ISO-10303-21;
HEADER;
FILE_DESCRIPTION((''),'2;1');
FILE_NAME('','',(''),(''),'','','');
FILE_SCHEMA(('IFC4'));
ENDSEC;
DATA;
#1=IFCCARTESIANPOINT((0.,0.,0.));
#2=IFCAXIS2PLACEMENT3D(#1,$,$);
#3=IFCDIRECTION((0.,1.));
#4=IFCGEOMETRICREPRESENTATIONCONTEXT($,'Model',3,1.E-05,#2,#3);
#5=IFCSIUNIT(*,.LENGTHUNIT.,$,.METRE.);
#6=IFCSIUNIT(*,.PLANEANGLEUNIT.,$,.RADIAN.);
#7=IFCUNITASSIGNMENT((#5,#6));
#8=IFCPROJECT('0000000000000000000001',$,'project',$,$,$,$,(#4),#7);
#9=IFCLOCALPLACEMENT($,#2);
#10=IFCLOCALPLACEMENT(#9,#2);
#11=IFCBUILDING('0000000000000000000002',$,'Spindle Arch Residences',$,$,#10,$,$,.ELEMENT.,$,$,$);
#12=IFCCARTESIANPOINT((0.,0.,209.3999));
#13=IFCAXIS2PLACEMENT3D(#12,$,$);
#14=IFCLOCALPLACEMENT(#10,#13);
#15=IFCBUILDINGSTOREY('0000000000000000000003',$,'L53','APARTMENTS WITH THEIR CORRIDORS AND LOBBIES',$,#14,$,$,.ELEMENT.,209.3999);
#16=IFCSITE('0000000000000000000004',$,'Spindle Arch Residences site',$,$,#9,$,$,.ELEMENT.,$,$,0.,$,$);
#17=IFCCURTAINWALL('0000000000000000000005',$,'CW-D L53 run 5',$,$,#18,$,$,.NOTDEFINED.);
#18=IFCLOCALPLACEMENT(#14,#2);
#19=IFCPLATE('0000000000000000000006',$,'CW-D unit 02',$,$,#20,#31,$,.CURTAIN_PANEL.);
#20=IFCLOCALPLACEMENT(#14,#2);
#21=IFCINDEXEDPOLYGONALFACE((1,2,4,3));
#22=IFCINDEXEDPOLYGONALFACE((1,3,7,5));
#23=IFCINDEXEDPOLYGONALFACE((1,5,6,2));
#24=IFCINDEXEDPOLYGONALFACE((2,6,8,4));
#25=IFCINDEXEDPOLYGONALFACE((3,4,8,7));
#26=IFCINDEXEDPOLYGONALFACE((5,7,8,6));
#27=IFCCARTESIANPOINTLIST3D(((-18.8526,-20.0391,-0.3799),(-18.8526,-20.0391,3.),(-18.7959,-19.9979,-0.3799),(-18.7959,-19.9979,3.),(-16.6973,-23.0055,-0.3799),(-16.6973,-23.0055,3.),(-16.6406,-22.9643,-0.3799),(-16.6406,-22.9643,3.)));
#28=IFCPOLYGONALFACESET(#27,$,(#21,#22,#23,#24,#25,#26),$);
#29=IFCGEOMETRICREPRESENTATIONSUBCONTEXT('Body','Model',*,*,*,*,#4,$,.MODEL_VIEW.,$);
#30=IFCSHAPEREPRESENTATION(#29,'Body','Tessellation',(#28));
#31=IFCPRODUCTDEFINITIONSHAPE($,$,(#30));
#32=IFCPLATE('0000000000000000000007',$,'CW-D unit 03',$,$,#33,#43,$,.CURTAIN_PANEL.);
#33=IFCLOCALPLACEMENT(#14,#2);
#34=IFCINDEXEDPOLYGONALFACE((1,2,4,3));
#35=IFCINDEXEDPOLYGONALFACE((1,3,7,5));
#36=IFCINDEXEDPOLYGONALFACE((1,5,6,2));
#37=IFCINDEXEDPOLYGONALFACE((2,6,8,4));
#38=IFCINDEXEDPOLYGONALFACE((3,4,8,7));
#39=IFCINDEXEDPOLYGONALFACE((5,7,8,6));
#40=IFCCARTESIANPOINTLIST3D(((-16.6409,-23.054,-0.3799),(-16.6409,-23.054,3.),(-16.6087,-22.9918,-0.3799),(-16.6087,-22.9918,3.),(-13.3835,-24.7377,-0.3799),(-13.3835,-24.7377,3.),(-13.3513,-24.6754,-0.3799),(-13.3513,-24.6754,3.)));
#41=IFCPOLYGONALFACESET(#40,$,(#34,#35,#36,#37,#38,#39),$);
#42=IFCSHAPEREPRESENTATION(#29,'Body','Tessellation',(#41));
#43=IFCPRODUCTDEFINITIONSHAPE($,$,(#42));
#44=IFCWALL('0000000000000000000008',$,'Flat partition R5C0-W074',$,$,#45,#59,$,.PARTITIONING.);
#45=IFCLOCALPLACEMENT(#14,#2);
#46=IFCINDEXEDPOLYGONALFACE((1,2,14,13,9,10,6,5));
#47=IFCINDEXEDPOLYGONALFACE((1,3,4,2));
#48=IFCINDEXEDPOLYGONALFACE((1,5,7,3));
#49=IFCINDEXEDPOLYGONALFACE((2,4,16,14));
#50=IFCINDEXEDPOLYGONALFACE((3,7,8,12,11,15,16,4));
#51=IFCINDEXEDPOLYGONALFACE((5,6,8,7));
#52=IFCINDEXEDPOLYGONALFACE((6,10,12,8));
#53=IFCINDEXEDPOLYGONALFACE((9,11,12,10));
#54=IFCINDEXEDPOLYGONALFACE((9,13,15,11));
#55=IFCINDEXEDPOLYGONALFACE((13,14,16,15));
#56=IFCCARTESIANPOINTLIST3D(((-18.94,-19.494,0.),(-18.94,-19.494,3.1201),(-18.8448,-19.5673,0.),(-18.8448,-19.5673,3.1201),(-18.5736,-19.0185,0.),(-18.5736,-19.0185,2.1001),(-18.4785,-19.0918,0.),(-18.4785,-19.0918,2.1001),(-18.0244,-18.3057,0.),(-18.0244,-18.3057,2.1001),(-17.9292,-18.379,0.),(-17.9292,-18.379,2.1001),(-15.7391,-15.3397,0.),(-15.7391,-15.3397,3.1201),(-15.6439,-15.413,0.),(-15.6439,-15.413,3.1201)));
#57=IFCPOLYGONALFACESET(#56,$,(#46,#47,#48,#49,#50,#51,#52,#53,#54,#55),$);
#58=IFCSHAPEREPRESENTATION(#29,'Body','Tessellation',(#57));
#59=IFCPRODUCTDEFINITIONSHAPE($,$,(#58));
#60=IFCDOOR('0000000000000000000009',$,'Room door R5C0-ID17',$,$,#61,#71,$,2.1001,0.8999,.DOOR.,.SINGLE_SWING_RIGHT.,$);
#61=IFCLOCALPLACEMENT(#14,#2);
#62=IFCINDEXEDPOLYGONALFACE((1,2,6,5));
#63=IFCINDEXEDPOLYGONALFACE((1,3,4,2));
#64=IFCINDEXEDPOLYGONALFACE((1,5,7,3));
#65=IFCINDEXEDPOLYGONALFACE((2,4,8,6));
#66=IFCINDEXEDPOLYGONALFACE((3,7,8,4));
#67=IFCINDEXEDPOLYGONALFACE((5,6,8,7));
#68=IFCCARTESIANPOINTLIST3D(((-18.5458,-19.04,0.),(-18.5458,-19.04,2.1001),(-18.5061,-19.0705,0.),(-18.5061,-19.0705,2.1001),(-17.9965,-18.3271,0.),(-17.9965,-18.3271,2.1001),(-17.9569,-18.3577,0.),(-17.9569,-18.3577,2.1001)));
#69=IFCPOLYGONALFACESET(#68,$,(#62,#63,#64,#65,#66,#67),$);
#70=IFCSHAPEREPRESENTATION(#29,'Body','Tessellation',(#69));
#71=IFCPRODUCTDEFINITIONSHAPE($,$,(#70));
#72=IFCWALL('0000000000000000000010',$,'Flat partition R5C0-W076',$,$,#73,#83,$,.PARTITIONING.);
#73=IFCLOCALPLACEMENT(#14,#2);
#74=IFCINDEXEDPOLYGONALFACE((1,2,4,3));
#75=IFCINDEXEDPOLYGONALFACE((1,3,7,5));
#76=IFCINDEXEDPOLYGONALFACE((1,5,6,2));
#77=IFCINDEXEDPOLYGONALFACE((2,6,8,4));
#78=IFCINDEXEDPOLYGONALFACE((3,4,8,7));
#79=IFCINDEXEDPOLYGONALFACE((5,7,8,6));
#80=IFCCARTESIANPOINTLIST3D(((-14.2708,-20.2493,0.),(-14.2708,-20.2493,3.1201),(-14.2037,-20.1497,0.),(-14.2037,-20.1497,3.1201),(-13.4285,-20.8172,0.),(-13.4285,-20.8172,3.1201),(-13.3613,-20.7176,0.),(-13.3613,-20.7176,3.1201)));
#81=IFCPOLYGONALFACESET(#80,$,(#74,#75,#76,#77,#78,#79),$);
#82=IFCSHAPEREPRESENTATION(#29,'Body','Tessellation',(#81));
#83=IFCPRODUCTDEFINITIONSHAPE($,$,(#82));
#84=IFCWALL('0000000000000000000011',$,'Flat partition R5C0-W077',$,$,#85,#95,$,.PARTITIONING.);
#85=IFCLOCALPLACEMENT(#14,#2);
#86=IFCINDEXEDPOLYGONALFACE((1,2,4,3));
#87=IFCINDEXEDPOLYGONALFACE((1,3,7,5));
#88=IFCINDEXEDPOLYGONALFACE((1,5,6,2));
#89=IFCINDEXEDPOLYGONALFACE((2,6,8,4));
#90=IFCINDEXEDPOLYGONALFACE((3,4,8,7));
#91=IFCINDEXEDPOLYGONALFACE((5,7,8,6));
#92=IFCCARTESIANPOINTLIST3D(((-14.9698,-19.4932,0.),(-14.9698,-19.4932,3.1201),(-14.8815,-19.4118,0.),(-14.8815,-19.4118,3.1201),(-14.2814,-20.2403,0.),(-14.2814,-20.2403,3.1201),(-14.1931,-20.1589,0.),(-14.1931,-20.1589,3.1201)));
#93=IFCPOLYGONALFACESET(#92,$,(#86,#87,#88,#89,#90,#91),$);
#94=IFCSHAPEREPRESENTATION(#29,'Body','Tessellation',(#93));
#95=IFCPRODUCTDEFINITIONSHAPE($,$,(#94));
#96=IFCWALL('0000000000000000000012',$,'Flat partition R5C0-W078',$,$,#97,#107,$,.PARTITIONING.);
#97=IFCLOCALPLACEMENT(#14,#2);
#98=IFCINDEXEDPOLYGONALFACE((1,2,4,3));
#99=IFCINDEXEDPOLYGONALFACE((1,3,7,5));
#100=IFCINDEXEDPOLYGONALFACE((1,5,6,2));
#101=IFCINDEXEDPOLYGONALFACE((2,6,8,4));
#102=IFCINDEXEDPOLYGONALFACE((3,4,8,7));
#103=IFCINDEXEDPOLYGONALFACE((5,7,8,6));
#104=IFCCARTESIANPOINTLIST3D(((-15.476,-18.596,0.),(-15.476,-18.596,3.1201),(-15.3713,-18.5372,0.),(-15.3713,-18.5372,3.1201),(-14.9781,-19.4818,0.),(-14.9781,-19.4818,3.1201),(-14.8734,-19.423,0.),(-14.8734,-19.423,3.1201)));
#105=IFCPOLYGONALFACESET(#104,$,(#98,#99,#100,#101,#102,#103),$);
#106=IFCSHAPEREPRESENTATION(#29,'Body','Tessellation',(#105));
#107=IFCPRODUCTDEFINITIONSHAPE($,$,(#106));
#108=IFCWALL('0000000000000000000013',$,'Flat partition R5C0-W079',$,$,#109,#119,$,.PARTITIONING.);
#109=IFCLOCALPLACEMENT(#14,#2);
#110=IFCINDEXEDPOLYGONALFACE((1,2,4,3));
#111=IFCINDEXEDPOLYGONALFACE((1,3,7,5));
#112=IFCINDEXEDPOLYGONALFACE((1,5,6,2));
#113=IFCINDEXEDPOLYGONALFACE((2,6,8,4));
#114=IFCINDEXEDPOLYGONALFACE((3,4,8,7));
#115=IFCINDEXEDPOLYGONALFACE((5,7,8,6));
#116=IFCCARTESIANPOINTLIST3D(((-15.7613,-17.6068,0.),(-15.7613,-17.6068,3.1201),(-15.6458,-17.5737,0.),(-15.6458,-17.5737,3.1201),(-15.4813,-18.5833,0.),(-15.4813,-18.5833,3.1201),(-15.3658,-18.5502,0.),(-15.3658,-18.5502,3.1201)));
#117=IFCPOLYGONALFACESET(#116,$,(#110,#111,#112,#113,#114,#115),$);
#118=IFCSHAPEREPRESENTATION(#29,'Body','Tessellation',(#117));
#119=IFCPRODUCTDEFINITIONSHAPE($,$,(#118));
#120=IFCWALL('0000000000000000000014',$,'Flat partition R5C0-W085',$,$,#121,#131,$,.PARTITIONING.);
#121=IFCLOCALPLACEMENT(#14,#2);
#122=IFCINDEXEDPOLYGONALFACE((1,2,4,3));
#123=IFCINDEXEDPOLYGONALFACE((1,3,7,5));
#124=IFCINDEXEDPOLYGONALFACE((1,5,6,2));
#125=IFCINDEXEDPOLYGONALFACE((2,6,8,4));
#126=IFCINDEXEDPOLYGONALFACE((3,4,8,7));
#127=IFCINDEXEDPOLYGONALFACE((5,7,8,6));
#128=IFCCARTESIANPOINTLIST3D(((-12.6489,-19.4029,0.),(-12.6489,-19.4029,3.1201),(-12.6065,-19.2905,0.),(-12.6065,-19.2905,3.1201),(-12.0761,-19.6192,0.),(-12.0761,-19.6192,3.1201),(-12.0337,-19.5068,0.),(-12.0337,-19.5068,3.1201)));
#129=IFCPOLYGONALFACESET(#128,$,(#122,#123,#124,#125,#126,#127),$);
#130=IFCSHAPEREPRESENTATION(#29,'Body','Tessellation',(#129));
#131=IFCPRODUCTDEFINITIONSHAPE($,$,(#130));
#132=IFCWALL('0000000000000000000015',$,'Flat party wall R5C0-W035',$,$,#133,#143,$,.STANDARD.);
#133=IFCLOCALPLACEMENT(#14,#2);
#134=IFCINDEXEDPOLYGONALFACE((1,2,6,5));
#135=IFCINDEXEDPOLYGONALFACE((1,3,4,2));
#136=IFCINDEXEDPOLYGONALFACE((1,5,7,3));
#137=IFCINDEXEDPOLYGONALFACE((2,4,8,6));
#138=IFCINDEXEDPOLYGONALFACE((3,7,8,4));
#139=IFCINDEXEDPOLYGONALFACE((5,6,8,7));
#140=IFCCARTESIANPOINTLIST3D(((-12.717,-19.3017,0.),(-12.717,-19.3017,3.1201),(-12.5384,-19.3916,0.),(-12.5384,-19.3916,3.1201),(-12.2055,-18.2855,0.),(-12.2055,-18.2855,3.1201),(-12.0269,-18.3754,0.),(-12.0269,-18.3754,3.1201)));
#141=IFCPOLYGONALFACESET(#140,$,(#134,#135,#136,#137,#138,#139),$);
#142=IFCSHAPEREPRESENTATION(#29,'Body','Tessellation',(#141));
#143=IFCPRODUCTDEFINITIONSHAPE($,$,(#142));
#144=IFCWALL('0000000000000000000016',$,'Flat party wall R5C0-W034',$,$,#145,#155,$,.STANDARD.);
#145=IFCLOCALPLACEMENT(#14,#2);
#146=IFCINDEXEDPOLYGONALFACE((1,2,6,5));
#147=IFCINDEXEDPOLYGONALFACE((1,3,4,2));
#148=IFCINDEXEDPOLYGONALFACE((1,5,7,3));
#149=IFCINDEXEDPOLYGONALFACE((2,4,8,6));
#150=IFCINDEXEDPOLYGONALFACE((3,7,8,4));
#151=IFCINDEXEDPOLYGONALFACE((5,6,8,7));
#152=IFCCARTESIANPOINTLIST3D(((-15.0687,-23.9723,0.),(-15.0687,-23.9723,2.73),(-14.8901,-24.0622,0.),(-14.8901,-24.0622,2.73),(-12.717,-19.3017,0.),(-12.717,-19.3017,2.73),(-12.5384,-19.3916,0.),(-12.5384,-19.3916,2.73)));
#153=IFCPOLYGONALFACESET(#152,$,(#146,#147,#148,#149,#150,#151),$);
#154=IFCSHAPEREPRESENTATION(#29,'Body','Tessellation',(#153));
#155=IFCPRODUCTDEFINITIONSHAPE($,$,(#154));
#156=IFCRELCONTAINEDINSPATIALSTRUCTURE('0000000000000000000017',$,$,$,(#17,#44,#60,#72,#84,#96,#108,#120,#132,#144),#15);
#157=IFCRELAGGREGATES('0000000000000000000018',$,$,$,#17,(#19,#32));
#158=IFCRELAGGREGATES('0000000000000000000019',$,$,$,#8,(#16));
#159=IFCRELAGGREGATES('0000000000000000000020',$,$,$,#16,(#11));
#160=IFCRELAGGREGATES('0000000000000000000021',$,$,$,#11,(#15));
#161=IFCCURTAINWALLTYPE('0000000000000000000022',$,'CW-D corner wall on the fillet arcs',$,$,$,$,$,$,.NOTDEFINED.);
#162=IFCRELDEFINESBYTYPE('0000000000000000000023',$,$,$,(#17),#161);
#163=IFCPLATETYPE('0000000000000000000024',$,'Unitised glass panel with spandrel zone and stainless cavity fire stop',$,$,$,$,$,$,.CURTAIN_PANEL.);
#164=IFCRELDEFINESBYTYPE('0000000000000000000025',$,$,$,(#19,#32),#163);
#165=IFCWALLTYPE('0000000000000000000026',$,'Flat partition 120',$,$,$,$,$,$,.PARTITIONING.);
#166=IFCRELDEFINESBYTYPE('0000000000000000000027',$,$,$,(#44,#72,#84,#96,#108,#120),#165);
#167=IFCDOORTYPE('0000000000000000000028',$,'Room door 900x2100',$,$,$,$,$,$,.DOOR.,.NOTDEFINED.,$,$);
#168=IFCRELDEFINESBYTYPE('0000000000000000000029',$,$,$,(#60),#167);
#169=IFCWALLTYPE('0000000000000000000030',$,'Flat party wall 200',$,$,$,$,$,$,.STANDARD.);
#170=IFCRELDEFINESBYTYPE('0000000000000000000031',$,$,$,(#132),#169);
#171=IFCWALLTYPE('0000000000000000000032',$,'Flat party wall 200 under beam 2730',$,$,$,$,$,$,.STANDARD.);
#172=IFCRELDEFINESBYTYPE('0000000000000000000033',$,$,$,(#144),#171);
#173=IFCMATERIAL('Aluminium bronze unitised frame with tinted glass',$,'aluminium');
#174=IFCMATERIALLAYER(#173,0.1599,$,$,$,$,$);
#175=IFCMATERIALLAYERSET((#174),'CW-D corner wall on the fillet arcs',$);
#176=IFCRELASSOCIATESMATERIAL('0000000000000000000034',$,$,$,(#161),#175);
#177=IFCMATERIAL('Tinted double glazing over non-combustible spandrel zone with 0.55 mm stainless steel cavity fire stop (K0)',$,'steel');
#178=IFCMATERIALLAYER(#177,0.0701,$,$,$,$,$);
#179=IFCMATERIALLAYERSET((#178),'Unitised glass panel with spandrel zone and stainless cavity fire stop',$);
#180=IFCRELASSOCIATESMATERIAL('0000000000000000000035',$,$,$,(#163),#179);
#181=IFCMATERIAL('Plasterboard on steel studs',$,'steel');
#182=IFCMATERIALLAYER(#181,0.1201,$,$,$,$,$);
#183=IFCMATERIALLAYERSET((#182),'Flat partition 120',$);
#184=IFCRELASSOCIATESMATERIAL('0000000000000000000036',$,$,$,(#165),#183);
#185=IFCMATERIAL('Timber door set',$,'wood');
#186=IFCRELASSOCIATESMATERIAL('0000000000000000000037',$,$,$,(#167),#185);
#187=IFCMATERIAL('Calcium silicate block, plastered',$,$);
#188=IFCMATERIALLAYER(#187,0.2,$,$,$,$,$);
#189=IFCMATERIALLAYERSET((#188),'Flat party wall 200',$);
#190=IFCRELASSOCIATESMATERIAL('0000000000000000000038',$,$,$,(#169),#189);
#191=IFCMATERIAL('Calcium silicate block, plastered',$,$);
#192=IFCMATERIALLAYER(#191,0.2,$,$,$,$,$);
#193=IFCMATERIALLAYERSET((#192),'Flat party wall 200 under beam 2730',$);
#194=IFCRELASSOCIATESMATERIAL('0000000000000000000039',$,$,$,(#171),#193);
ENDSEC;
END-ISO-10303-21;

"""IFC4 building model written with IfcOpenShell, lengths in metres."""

from ifc_helpers import new_model, si_unit, direction, frame, frame_2d, origin, origin_2d, place, context, subcontext, project, spatial, rectangle, extrude, material, layer, layer_set, type_object, element, fill, aggregate, save


model = new_model("IFC4")

# Units and contexts
model_context = context("Model", 3, precision=1e-05, world=origin(), true_north=direction((0.0, 1.0)))
body_context = subcontext(model_context, "Body", "Model", "MODEL_VIEW")
ifc_project = project(units=[si_unit("LENGTHUNIT", "METRE"), si_unit("PLANEANGLEUNIT", "RADIAN")], contexts=[model_context])

# Site, building, storey
site_placement = place(None, origin())
site = spatial("IfcSite", under=ifc_project, at=site_placement, Name="Spindle Arch Residences site", CompositionType="ELEMENT", RefElevation=0.0)
building_placement = place(site_placement, origin())
building = spatial("IfcBuilding", under=site, at=building_placement, Name="Spindle Arch Residences", CompositionType="ELEMENT")
storey_placement = place(building_placement, frame((0.0, 0.0, 209.3999)))
storey = spatial("IfcBuildingStorey", under=building, at=storey_placement, Name="L53", Description="APARTMENTS WITH THEIR CORRIDORS AND LOBBIES", CompositionType="ELEMENT", Elevation=209.3999)

# Curtain wall
ifc_material_1 = material(Name="Aluminium bronze unitised frame with tinted glass", Category="aluminium")
ifc_layer_1 = layer(ifc_material_1, 0.1599)
ifc_layer_set_1 = layer_set([ifc_layer_1], Name="CW-D corner wall on the fillet arcs")
curtain_wall_type = type_object("IfcCurtainWallType", Name="CW-D corner wall on the fillet arcs", PredefinedType="NOTDEFINED", material=ifc_layer_set_1)
curtain_wall_placement = place(storey_placement, origin())
curtain_wall = element("IfcCurtainWall", 1, at=curtain_wall_placement, inside=storey, type_object=curtain_wall_type, Name="CW-D L53 run 5", PredefinedType="NOTDEFINED")

# Plates
ifc_material_2 = material(Name="Tinted double glazing over non-combustible spandrel zone with 0.55 mm stainless steel cavity fire stop (K0)", Category="steel")
ifc_layer_2 = layer(ifc_material_2, 0.0701)
ifc_layer_set_2 = layer_set([ifc_layer_2], Name="Unitised glass panel with spandrel zone and stainless cavity fire stop")
plate_type = type_object("IfcPlateType", Name="Unitised glass panel with spandrel zone and stainless cavity fire stop", PredefinedType="CURTAIN_PANEL", material=ifc_layer_set_2)
plate_1_placement = place(storey_placement, frame((-17.7466, -21.5017, -0.3799), z_axis=(0.0, 0.0, 1.0), x_axis=(0.587785, -0.809017, 0.0)))
plate_1 = element("IfcPlate", 2, at=plate_1_placement, type_object=plate_type, Name="CW-D unit 02", PredefinedType="CURTAIN_PANEL", context=body_context, shape_type="SweptSolid", body=[
    extrude(rectangle(XDim=3.6667, YDim=0.0701, at=origin_2d()), origin(), (0.0, 0.0, 1.0), 3.3799),
])
plate_2_placement = place(storey_placement, frame((-14.9961, -23.8647, -0.3799), z_axis=(0.0, 0.0, 1.0), x_axis=(0.88835, -0.459166, 0.0)))
plate_2 = element("IfcPlate", 3, at=plate_2_placement, type_object=plate_type, Name="CW-D unit 03", PredefinedType="CURTAIN_PANEL", context=body_context, shape_type="SweptSolid", body=[
    extrude(rectangle(XDim=3.6667, YDim=0.0701, at=origin_2d()), origin(), (0.0, 0.0, 1.0), 3.3799),
])
aggregate(curtain_wall, [plate_1, plate_2])

# Wall, opening, door
ifc_material_3 = material(Name="Plasterboard on steel studs", Category="steel")
ifc_layer_3 = layer(ifc_material_3, 0.1201)
ifc_layer_set_3 = layer_set([ifc_layer_3], Name="Flat partition 120")
wall_type_1 = type_object("IfcWallType", Name="Flat partition 120", PredefinedType="PARTITIONING", material=ifc_layer_set_3)
wall_1_placement = place(storey_placement, frame((-18.8923, -19.5305, 0.0), z_axis=(0.0, 0.0, 1.0), x_axis=(0.610347, 0.792134, 0.0)))
wall_1 = element("IfcWall", 4, at=wall_1_placement, inside=storey, type_object=wall_type_1, Name="Flat partition R5C0-W074", PredefinedType="PARTITIONING", context=body_context, shape_type="SweptSolid", body=[
    extrude(rectangle(XDim=5.2444, YDim=0.1201, at=frame_2d((2.6221, 0.0))), origin(), (0.0, 0.0, 1.0), 3.1201),
])
opening_placement = place(wall_1_placement, frame((0.6001, 0.0, 0.0)))
opening = element("IfcOpeningElement", 5, at=opening_placement, cuts=wall_1, PredefinedType="OPENING", context=body_context, shape_type="SweptSolid", body=[
    extrude(rectangle(XDim=0.8999, YDim=2.1001, at=frame_2d((0.45, 1.05))), frame((0.0, 0.0701, 0.0), z_axis=(0.0, -1.0, 0.0), x_axis=(1.0, 0.0, 0.0)), (0.0, 0.0, 1.0), 0.1401),
])
ifc_material_4 = material(Name="Timber door set", Category="wood")
door_type = type_object("IfcDoorType", Name="Room door 900x2100", OperationType="NOTDEFINED", PredefinedType="DOOR", material=ifc_material_4)
door_placement = place(opening_placement, origin())
door = element("IfcDoor", 6, at=door_placement, inside=storey, type_object=door_type, Name="Room door R5C0-ID17", OperationType="SINGLE_SWING_RIGHT", OverallHeight=2.1001, OverallWidth=0.8999, PredefinedType="DOOR", context=body_context, shape_type="SweptSolid", body=[
    extrude(rectangle(XDim=0.8999, YDim=2.1001, at=frame_2d((0.45, 1.05))), frame((0.0, 0.0249, 0.0), z_axis=(0.0, -1.0, 0.0), x_axis=(1.0, 0.0, 0.0)), (0.0, 0.0, 1.0), 0.05),
])
fill(opening, door)

# Walls
for number, where, z_axis, x_axis, name in (
    (7, (-13.395, -20.7673, 0.0), (0.0, 0.0, 1.0), (-0.829155, 0.559019, 0.0), "Flat partition R5C0-W076"),
    (8, (-14.2373, -20.1995, 0.0), (0.0, 0.0, 1.0), (-0.677681, 0.735356, 0.0), "Flat partition R5C0-W077"),
):
    element("IfcWall", number, at=place(storey_placement, frame(where, z_axis=z_axis, x_axis=x_axis)), inside=storey, type_object=wall_type_1, Name=name, PredefinedType="PARTITIONING", context=body_context, shape_type="SweptSolid", body=[
        extrude(rectangle(XDim=1.0159, YDim=0.1201, at=frame_2d((0.5078, 0.0))), origin(), (0.0, 0.0, 1.0), 3.1201),
    ])
wall_2_placement = place(storey_placement, frame((-14.9258, -19.4524, 0.0), z_axis=(0.0, 0.0, 1.0), x_axis=(-0.489942, 0.871755, 0.0)))
element("IfcWall", 9, at=wall_2_placement, inside=storey, type_object=wall_type_1, Name="Flat partition R5C0-W078", PredefinedType="PARTITIONING", context=body_context, shape_type="SweptSolid", body=[
    extrude(rectangle(XDim=1.0161, YDim=0.1201, at=frame_2d((0.5081, 0.0))), origin(), (0.0, 0.0, 1.0), 3.1201),
])
wall_3_placement = place(storey_placement, frame((-15.4236, -18.5667, 0.0), z_axis=(0.0, 0.0, 1.0), x_axis=(-0.275641, 0.961261, 0.0)))
element("IfcWall", 10, at=wall_3_placement, inside=storey, type_object=wall_type_1, Name="Flat partition R5C0-W079", PredefinedType="PARTITIONING", context=body_context, shape_type="SweptSolid", body=[
    extrude(rectangle(XDim=1.0159, YDim=0.1201, at=frame_2d((0.5078, 0.0))), origin(), (0.0, 0.0, 1.0), 3.1201),
])
wall_4_placement = place(storey_placement, frame((-12.6277, -19.3467, 0.0), z_axis=(0.0, 0.0, 1.0), x_axis=(0.935507, -0.353308, 0.0)))
element("IfcWall", 11, at=wall_4_placement, inside=storey, type_object=wall_type_1, Name="Flat partition R5C0-W085", PredefinedType="PARTITIONING", context=body_context, shape_type="SweptSolid", body=[
    extrude(rectangle(XDim=0.6123, YDim=0.1201, at=frame_2d((0.3062, 0.0))), origin(), (0.0, 0.0, 1.0), 3.1201),
])
ifc_material_5 = material(Name="Calcium silicate block, plastered")
ifc_layer_4 = layer(ifc_material_5, 0.2)
ifc_layer_set_4 = layer_set([ifc_layer_4], Name="Flat party wall 200")
wall_type_2 = type_object("IfcWallType", Name="Flat party wall 200", PredefinedType="STANDARD", material=ifc_layer_set_4)
wall_5_placement = place(storey_placement, frame((-12.6277, -19.3467, 0.0), z_axis=(0.0, 0.0, 1.0), x_axis=(0.449616, 0.893222, 0.0)))
element("IfcWall", 12, at=wall_5_placement, inside=storey, type_object=wall_type_2, Name="Flat party wall R5C0-W035", PredefinedType="STANDARD", context=body_context, shape_type="SweptSolid", body=[
    extrude(rectangle(XDim=1.1377, YDim=0.2, at=frame_2d((0.5688, 0.0))), origin(), (0.0, 0.0, 1.0), 3.1201),
])
ifc_material_6 = material(Name="Calcium silicate block, plastered")
ifc_layer_5 = layer(ifc_material_6, 0.2)
ifc_layer_set_5 = layer_set([ifc_layer_5], Name="Flat party wall 200 under beam 2730")
wall_type_3 = type_object("IfcWallType", Name="Flat party wall 200 under beam 2730", PredefinedType="STANDARD", material=ifc_layer_set_5)
wall_6_placement = place(storey_placement, frame((-14.9795, -24.0173, 0.0), z_axis=(0.0, 0.0, 1.0), x_axis=(0.449733, 0.893163, 0.0)))
element("IfcWall", 13, at=wall_6_placement, inside=storey, type_object=wall_type_3, Name="Flat party wall R5C0-W034", PredefinedType="STANDARD", context=body_context, shape_type="SweptSolid", body=[
    extrude(rectangle(XDim=5.2292, YDim=0.2, at=frame_2d((2.6147, 0.0))), origin(), (0.0, 0.0, 1.0), 2.73),
])

save(model, "model.ifc")
